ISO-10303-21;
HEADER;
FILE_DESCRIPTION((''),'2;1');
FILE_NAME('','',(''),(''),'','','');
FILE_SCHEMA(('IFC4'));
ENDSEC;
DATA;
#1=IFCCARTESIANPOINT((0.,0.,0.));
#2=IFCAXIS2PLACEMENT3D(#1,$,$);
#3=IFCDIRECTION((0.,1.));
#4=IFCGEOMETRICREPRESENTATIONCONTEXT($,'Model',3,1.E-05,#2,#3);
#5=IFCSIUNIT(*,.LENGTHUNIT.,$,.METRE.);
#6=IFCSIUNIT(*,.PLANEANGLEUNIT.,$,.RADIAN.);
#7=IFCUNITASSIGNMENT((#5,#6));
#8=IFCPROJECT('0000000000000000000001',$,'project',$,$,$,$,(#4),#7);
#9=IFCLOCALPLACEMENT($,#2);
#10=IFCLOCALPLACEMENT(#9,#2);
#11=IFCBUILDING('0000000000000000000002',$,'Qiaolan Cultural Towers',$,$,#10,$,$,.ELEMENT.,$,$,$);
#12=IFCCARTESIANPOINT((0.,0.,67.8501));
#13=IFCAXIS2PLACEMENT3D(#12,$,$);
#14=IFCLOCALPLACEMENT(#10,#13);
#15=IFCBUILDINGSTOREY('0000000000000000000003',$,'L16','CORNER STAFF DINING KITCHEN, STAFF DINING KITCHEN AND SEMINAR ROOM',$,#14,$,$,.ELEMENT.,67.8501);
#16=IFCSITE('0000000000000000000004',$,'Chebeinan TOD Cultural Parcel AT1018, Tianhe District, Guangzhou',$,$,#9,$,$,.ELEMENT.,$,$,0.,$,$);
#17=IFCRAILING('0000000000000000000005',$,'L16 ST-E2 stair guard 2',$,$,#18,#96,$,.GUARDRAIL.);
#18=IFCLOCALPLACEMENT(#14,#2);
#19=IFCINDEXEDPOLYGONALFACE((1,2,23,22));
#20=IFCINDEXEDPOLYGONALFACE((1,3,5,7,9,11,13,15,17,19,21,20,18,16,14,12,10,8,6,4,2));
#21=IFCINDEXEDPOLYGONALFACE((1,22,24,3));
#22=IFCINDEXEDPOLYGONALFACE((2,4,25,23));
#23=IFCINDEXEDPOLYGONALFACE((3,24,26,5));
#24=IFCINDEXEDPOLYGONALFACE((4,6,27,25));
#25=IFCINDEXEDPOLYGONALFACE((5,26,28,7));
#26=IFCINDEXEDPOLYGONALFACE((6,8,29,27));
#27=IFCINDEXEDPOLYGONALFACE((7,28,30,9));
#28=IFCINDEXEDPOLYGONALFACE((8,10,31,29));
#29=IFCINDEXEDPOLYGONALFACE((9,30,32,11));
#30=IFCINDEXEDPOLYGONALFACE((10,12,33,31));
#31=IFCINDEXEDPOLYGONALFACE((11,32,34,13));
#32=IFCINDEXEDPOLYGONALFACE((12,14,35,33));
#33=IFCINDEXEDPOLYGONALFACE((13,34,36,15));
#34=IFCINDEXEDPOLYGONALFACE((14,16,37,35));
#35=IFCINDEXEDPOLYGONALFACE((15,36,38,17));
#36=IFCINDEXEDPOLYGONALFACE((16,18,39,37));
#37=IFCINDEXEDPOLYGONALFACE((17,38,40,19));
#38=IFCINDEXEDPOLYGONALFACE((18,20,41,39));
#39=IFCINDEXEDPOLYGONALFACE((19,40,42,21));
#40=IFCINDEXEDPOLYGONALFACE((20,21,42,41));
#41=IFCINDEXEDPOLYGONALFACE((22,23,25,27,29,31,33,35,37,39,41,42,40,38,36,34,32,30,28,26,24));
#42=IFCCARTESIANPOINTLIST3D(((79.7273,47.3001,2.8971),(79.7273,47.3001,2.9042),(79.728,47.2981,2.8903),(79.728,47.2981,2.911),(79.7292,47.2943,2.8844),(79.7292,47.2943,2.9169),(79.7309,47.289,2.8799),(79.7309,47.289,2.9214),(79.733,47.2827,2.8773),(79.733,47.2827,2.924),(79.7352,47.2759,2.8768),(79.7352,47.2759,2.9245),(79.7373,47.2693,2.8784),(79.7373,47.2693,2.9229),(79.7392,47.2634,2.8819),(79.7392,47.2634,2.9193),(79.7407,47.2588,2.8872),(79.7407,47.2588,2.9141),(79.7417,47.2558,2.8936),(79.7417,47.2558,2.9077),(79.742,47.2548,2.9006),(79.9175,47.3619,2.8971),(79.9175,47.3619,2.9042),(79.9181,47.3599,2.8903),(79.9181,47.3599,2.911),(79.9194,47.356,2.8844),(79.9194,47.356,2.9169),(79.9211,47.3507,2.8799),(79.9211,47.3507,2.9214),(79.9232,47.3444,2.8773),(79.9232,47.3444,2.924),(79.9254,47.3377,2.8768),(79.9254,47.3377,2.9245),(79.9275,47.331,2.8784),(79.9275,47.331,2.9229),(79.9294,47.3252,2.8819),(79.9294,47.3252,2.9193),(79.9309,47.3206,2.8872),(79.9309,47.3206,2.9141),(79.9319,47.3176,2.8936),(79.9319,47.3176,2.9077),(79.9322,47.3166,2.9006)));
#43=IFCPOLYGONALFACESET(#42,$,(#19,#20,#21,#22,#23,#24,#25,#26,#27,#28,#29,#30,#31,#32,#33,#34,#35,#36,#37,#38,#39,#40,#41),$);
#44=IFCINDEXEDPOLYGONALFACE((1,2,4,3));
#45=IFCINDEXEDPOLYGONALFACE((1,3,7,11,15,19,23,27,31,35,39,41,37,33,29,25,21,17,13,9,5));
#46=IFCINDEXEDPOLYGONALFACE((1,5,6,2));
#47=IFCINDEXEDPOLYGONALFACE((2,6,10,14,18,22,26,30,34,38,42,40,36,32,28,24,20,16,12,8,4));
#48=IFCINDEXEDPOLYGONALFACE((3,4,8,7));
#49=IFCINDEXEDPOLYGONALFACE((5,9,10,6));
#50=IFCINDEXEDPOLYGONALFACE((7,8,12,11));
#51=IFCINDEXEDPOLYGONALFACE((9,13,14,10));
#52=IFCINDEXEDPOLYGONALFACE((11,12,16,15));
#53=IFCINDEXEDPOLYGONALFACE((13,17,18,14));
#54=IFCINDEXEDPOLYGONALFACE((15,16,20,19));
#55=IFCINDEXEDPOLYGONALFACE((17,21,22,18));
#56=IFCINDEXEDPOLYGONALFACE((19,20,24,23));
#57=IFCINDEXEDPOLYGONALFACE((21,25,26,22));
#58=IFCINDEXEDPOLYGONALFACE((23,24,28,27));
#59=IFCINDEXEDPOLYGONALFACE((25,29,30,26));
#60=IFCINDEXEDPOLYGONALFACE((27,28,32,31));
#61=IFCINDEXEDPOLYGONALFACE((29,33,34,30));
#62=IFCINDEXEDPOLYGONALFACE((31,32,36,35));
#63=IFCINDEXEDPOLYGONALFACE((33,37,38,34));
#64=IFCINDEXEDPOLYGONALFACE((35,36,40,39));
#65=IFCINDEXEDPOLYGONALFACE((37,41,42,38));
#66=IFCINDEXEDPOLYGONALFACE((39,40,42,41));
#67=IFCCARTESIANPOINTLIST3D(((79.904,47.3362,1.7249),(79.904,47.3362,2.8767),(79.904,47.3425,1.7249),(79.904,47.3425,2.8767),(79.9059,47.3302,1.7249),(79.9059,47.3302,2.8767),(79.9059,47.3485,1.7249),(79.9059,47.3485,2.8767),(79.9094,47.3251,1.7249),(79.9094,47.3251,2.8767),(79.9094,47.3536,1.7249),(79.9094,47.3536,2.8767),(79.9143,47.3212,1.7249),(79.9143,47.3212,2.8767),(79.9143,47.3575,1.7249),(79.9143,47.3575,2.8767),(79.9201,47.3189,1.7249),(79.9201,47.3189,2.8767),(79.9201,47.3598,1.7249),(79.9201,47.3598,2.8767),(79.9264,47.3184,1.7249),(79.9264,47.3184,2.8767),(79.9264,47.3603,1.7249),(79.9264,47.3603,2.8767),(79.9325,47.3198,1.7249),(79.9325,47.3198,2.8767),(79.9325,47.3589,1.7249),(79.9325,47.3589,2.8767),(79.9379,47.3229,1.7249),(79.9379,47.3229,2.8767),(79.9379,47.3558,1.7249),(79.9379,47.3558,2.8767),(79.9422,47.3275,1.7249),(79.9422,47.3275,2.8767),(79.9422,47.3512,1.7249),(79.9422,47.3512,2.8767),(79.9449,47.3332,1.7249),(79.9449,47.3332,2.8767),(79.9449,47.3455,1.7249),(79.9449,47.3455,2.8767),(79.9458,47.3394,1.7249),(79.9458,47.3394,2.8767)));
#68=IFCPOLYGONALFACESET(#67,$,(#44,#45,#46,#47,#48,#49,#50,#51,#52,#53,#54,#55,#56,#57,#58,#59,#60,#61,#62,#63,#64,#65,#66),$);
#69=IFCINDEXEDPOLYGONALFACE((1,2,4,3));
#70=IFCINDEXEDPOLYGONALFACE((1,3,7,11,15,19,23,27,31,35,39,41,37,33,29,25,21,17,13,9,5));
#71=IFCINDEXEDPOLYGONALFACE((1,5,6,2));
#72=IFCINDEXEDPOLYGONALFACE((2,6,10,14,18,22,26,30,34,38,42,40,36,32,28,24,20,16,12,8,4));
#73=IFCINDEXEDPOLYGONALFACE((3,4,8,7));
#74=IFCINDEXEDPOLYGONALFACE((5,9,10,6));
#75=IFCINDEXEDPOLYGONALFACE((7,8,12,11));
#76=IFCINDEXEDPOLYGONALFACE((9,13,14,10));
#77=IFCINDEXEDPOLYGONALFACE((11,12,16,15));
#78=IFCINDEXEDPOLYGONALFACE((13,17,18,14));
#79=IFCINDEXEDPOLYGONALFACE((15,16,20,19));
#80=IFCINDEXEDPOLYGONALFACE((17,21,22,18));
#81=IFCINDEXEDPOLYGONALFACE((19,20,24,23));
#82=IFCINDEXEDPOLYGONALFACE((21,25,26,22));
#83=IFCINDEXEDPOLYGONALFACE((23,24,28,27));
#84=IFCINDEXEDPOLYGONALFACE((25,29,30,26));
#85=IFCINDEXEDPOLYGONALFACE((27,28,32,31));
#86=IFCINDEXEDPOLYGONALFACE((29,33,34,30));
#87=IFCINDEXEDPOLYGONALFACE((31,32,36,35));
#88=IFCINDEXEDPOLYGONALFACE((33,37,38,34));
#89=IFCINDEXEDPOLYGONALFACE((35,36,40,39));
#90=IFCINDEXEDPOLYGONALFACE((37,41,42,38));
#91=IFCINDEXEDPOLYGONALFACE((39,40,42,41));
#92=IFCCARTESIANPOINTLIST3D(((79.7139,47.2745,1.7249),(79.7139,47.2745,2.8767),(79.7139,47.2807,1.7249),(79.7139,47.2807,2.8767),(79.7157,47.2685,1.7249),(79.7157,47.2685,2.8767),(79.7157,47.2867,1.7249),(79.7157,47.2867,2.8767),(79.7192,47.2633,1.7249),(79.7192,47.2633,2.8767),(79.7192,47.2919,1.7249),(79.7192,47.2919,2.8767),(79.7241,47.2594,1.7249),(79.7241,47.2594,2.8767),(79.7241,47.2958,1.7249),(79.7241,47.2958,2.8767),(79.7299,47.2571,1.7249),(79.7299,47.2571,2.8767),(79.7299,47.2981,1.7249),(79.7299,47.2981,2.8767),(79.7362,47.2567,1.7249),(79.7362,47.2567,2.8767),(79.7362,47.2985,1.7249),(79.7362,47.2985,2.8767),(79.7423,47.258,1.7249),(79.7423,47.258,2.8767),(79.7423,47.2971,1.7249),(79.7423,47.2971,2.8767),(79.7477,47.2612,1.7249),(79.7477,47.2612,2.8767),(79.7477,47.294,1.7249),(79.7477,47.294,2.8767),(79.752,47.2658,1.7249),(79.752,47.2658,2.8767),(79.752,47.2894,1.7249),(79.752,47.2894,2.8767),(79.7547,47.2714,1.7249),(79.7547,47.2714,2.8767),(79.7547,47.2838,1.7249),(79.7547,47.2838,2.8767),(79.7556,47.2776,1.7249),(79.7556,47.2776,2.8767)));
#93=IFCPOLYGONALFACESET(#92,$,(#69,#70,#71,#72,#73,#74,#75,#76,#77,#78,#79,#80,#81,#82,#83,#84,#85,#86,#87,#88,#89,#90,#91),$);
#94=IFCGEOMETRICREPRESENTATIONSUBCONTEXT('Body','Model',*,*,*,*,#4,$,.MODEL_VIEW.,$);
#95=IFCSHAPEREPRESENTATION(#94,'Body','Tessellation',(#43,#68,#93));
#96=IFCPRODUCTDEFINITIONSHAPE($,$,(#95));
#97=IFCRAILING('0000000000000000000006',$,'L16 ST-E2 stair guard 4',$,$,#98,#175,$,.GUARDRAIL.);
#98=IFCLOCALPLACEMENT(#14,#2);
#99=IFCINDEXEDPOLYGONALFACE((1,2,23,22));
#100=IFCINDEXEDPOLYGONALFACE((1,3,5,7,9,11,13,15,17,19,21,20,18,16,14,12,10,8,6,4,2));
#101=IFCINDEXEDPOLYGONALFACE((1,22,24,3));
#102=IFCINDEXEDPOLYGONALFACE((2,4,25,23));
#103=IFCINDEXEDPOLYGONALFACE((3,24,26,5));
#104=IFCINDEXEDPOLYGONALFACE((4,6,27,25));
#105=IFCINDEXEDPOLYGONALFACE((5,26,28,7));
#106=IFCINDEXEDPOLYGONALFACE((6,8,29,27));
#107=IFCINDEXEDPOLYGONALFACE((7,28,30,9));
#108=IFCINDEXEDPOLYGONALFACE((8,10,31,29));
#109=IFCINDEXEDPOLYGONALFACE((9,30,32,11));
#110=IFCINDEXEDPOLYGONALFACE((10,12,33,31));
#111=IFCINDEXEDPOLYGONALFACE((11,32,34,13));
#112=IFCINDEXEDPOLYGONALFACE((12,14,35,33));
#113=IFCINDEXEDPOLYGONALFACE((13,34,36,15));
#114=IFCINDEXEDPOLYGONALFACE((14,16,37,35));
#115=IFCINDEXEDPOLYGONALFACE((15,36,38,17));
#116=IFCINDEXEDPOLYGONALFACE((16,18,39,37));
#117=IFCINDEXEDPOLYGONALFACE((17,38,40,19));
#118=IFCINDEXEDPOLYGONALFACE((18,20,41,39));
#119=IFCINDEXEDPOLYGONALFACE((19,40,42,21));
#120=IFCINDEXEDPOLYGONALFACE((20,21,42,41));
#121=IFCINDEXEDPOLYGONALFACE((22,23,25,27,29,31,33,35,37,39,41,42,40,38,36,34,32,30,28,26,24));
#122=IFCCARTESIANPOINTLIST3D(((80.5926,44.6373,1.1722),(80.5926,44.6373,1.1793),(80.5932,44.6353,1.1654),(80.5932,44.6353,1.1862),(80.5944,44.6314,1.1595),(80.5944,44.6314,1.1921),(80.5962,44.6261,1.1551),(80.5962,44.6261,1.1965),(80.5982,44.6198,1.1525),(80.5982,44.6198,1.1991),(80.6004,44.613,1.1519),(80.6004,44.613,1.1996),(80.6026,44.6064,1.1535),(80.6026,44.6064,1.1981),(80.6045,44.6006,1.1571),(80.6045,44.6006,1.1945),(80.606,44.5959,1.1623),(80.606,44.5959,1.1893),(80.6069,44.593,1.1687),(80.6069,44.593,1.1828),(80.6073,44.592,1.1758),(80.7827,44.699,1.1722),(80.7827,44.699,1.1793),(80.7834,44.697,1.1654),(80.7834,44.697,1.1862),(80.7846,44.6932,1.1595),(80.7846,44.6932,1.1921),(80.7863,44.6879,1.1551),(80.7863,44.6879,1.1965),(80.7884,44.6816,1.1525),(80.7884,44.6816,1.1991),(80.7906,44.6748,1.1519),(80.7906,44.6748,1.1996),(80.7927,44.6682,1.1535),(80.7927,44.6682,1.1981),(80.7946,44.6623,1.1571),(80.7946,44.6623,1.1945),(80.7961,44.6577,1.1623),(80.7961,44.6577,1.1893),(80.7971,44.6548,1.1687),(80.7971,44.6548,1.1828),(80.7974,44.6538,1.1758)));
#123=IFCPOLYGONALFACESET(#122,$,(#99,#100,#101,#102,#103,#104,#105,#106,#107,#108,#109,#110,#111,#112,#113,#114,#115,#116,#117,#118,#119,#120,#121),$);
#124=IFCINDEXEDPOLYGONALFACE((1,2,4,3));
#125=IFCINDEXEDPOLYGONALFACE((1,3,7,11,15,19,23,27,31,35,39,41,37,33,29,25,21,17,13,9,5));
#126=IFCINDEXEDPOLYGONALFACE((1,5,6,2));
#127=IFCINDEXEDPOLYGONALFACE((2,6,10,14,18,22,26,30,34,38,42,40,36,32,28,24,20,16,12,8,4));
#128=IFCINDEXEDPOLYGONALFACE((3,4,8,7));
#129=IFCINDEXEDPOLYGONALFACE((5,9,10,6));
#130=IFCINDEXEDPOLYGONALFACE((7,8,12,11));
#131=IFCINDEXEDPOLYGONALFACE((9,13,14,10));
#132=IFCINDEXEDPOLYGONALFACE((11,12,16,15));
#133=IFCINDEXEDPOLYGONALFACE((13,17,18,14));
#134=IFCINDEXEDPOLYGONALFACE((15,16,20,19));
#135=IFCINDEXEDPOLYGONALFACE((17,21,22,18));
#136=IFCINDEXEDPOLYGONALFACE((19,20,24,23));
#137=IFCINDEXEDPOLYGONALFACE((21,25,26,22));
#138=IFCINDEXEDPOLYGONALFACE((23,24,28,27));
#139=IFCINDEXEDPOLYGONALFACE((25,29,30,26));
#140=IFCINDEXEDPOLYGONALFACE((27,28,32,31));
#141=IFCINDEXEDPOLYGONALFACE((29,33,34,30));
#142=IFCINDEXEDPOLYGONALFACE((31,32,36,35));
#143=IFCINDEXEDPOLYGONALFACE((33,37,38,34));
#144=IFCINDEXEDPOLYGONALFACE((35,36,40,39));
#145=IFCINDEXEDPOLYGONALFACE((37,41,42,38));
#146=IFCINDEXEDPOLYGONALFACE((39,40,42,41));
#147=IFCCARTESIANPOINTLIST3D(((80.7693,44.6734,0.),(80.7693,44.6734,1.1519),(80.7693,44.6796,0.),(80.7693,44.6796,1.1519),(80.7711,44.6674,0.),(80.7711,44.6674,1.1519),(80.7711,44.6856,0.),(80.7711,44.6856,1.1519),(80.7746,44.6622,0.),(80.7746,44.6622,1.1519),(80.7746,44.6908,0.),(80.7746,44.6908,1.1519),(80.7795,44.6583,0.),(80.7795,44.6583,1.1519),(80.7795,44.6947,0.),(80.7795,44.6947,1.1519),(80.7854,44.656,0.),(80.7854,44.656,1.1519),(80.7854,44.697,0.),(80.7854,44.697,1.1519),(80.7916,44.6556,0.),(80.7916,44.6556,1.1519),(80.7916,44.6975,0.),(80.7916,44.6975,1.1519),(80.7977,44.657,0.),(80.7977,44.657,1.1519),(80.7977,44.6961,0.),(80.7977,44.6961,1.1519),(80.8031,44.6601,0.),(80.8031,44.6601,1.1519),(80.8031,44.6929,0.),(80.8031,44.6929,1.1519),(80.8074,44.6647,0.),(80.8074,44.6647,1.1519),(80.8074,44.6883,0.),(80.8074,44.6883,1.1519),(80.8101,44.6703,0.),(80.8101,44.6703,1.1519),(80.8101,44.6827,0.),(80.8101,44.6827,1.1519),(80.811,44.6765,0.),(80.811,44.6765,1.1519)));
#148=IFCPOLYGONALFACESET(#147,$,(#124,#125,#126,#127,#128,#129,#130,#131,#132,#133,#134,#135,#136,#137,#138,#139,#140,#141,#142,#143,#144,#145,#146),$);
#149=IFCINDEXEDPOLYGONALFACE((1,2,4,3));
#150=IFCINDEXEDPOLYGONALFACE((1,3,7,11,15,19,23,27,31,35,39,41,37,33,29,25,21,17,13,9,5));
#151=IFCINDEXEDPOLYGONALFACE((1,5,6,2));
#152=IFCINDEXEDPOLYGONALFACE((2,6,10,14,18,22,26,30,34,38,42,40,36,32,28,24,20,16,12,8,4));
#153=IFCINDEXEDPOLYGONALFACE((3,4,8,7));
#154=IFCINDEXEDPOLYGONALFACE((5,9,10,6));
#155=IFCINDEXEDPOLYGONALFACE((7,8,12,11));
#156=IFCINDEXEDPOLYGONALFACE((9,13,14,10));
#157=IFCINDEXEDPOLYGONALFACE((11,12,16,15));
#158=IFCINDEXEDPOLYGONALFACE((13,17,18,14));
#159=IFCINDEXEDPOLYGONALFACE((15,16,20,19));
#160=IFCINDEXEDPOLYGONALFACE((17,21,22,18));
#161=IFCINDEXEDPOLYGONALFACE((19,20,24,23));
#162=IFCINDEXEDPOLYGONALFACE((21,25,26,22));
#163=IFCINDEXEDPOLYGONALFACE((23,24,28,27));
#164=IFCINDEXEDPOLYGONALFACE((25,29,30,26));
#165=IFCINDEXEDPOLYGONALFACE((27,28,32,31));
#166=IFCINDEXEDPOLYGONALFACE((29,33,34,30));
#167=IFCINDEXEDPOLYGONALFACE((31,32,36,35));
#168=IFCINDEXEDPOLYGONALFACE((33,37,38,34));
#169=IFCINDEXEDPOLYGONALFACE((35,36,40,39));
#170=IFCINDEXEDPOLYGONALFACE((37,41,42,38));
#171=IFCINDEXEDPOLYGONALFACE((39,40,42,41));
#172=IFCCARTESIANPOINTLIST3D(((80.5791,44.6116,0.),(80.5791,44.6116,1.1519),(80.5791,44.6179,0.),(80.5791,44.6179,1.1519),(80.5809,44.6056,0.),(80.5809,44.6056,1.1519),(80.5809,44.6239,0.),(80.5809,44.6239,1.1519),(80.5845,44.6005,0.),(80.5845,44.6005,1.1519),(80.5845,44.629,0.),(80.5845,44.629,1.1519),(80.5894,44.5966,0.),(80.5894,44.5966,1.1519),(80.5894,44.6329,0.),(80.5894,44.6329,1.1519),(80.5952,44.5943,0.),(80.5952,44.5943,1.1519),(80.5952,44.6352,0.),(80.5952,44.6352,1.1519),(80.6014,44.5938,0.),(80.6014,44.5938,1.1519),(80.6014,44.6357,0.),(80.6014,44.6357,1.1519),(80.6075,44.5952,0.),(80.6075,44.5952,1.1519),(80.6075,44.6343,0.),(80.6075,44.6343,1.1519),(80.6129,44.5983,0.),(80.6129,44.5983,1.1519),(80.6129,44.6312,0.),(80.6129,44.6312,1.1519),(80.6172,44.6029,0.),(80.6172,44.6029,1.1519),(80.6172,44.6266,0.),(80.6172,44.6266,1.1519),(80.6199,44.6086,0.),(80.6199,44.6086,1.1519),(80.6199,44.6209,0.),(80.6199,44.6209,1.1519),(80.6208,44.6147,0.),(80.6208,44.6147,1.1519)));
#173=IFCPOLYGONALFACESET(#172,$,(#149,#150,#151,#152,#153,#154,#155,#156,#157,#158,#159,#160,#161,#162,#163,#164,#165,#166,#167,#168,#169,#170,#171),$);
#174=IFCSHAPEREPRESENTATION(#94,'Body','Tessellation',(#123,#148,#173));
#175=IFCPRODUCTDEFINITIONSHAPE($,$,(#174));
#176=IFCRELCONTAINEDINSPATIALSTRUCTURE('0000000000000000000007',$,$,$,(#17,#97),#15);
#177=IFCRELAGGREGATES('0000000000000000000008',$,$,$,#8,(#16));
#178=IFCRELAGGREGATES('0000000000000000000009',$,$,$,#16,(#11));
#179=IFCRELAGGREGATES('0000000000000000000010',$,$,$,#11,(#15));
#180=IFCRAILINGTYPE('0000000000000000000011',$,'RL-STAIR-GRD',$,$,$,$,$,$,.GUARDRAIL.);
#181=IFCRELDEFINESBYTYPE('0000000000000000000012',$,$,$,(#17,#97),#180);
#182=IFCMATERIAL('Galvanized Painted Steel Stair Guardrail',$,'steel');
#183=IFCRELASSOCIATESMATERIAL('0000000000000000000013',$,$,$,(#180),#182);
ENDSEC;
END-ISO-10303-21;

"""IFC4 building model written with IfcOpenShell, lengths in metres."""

from ifc_helpers import new_model, si_unit, direction, frame, origin, origin_2d, place, context, subcontext, project, spatial, circle, extrude, material, type_object, element, save


model = new_model("IFC4")

# Units and contexts
model_context = context("Model", 3, precision=1e-05, world=origin(), true_north=direction((0.0, 1.0)))
body_context = subcontext(model_context, "Body", "Model", "MODEL_VIEW")
ifc_project = project(units=[si_unit("LENGTHUNIT", "METRE"), si_unit("PLANEANGLEUNIT", "RADIAN")], contexts=[model_context])

# Site, building, storey
site_placement = place(None, origin())
site = spatial("IfcSite", under=ifc_project, at=site_placement, Name="Chebeinan TOD Cultural Parcel AT1018, Tianhe District, Guangzhou", CompositionType="ELEMENT", RefElevation=0.0)
building_placement = place(site_placement, origin())
building = spatial("IfcBuilding", under=site, at=building_placement, Name="Qiaolan Cultural Towers", CompositionType="ELEMENT")
storey_placement = place(building_placement, frame((0.0, 0.0, 67.8501)))
storey = spatial("IfcBuildingStorey", under=building, at=storey_placement, Name="L16", Description="CORNER STAFF DINING KITCHEN, STAFF DINING KITCHEN AND SEMINAR ROOM", CompositionType="ELEMENT", Elevation=67.8501)

# Railings
ifc_material_1 = material(Name="Galvanized Painted Steel Stair Guardrail", Category="steel")
railing_type_1 = type_object("IfcRailingType", Name="RL-STAIR-GRD", PredefinedType="GUARDRAIL", material=ifc_material_1)
for number, where, name in (
    (1, (79.9248, 47.3394, 1.7249), "L16 ST-E2 stair guard 2"),
    (2, (80.79, 44.6765, 0.0), "L16 ST-E2 stair guard 4"),
):
    element("IfcRailing", number, at=place(storey_placement, frame(where)), inside=storey, type_object=railing_type_1, Name=name, PredefinedType="GUARDRAIL", context=body_context, shape_type="SweptSolid", body=[
        extrude(circle(Radius=0.0239, at=origin_2d()), frame((0.0, 0.0, 1.1758), z_axis=(-0.951097, -0.308893, 0.0), x_axis=(0.308893, -0.951097, 0.0)), (0.0, 0.0, 1.0), 0.2),
        extrude(circle(Radius=0.021, at=origin_2d()), origin(), (0.0, 0.0, 1.0), 1.1519),
        extrude(circle(Radius=0.021, at=origin_2d()), frame((-0.1902, -0.0618, 0.0)), (0.0, 0.0, 1.0), 1.1519),
    ])

save(model, "model.ifc")
